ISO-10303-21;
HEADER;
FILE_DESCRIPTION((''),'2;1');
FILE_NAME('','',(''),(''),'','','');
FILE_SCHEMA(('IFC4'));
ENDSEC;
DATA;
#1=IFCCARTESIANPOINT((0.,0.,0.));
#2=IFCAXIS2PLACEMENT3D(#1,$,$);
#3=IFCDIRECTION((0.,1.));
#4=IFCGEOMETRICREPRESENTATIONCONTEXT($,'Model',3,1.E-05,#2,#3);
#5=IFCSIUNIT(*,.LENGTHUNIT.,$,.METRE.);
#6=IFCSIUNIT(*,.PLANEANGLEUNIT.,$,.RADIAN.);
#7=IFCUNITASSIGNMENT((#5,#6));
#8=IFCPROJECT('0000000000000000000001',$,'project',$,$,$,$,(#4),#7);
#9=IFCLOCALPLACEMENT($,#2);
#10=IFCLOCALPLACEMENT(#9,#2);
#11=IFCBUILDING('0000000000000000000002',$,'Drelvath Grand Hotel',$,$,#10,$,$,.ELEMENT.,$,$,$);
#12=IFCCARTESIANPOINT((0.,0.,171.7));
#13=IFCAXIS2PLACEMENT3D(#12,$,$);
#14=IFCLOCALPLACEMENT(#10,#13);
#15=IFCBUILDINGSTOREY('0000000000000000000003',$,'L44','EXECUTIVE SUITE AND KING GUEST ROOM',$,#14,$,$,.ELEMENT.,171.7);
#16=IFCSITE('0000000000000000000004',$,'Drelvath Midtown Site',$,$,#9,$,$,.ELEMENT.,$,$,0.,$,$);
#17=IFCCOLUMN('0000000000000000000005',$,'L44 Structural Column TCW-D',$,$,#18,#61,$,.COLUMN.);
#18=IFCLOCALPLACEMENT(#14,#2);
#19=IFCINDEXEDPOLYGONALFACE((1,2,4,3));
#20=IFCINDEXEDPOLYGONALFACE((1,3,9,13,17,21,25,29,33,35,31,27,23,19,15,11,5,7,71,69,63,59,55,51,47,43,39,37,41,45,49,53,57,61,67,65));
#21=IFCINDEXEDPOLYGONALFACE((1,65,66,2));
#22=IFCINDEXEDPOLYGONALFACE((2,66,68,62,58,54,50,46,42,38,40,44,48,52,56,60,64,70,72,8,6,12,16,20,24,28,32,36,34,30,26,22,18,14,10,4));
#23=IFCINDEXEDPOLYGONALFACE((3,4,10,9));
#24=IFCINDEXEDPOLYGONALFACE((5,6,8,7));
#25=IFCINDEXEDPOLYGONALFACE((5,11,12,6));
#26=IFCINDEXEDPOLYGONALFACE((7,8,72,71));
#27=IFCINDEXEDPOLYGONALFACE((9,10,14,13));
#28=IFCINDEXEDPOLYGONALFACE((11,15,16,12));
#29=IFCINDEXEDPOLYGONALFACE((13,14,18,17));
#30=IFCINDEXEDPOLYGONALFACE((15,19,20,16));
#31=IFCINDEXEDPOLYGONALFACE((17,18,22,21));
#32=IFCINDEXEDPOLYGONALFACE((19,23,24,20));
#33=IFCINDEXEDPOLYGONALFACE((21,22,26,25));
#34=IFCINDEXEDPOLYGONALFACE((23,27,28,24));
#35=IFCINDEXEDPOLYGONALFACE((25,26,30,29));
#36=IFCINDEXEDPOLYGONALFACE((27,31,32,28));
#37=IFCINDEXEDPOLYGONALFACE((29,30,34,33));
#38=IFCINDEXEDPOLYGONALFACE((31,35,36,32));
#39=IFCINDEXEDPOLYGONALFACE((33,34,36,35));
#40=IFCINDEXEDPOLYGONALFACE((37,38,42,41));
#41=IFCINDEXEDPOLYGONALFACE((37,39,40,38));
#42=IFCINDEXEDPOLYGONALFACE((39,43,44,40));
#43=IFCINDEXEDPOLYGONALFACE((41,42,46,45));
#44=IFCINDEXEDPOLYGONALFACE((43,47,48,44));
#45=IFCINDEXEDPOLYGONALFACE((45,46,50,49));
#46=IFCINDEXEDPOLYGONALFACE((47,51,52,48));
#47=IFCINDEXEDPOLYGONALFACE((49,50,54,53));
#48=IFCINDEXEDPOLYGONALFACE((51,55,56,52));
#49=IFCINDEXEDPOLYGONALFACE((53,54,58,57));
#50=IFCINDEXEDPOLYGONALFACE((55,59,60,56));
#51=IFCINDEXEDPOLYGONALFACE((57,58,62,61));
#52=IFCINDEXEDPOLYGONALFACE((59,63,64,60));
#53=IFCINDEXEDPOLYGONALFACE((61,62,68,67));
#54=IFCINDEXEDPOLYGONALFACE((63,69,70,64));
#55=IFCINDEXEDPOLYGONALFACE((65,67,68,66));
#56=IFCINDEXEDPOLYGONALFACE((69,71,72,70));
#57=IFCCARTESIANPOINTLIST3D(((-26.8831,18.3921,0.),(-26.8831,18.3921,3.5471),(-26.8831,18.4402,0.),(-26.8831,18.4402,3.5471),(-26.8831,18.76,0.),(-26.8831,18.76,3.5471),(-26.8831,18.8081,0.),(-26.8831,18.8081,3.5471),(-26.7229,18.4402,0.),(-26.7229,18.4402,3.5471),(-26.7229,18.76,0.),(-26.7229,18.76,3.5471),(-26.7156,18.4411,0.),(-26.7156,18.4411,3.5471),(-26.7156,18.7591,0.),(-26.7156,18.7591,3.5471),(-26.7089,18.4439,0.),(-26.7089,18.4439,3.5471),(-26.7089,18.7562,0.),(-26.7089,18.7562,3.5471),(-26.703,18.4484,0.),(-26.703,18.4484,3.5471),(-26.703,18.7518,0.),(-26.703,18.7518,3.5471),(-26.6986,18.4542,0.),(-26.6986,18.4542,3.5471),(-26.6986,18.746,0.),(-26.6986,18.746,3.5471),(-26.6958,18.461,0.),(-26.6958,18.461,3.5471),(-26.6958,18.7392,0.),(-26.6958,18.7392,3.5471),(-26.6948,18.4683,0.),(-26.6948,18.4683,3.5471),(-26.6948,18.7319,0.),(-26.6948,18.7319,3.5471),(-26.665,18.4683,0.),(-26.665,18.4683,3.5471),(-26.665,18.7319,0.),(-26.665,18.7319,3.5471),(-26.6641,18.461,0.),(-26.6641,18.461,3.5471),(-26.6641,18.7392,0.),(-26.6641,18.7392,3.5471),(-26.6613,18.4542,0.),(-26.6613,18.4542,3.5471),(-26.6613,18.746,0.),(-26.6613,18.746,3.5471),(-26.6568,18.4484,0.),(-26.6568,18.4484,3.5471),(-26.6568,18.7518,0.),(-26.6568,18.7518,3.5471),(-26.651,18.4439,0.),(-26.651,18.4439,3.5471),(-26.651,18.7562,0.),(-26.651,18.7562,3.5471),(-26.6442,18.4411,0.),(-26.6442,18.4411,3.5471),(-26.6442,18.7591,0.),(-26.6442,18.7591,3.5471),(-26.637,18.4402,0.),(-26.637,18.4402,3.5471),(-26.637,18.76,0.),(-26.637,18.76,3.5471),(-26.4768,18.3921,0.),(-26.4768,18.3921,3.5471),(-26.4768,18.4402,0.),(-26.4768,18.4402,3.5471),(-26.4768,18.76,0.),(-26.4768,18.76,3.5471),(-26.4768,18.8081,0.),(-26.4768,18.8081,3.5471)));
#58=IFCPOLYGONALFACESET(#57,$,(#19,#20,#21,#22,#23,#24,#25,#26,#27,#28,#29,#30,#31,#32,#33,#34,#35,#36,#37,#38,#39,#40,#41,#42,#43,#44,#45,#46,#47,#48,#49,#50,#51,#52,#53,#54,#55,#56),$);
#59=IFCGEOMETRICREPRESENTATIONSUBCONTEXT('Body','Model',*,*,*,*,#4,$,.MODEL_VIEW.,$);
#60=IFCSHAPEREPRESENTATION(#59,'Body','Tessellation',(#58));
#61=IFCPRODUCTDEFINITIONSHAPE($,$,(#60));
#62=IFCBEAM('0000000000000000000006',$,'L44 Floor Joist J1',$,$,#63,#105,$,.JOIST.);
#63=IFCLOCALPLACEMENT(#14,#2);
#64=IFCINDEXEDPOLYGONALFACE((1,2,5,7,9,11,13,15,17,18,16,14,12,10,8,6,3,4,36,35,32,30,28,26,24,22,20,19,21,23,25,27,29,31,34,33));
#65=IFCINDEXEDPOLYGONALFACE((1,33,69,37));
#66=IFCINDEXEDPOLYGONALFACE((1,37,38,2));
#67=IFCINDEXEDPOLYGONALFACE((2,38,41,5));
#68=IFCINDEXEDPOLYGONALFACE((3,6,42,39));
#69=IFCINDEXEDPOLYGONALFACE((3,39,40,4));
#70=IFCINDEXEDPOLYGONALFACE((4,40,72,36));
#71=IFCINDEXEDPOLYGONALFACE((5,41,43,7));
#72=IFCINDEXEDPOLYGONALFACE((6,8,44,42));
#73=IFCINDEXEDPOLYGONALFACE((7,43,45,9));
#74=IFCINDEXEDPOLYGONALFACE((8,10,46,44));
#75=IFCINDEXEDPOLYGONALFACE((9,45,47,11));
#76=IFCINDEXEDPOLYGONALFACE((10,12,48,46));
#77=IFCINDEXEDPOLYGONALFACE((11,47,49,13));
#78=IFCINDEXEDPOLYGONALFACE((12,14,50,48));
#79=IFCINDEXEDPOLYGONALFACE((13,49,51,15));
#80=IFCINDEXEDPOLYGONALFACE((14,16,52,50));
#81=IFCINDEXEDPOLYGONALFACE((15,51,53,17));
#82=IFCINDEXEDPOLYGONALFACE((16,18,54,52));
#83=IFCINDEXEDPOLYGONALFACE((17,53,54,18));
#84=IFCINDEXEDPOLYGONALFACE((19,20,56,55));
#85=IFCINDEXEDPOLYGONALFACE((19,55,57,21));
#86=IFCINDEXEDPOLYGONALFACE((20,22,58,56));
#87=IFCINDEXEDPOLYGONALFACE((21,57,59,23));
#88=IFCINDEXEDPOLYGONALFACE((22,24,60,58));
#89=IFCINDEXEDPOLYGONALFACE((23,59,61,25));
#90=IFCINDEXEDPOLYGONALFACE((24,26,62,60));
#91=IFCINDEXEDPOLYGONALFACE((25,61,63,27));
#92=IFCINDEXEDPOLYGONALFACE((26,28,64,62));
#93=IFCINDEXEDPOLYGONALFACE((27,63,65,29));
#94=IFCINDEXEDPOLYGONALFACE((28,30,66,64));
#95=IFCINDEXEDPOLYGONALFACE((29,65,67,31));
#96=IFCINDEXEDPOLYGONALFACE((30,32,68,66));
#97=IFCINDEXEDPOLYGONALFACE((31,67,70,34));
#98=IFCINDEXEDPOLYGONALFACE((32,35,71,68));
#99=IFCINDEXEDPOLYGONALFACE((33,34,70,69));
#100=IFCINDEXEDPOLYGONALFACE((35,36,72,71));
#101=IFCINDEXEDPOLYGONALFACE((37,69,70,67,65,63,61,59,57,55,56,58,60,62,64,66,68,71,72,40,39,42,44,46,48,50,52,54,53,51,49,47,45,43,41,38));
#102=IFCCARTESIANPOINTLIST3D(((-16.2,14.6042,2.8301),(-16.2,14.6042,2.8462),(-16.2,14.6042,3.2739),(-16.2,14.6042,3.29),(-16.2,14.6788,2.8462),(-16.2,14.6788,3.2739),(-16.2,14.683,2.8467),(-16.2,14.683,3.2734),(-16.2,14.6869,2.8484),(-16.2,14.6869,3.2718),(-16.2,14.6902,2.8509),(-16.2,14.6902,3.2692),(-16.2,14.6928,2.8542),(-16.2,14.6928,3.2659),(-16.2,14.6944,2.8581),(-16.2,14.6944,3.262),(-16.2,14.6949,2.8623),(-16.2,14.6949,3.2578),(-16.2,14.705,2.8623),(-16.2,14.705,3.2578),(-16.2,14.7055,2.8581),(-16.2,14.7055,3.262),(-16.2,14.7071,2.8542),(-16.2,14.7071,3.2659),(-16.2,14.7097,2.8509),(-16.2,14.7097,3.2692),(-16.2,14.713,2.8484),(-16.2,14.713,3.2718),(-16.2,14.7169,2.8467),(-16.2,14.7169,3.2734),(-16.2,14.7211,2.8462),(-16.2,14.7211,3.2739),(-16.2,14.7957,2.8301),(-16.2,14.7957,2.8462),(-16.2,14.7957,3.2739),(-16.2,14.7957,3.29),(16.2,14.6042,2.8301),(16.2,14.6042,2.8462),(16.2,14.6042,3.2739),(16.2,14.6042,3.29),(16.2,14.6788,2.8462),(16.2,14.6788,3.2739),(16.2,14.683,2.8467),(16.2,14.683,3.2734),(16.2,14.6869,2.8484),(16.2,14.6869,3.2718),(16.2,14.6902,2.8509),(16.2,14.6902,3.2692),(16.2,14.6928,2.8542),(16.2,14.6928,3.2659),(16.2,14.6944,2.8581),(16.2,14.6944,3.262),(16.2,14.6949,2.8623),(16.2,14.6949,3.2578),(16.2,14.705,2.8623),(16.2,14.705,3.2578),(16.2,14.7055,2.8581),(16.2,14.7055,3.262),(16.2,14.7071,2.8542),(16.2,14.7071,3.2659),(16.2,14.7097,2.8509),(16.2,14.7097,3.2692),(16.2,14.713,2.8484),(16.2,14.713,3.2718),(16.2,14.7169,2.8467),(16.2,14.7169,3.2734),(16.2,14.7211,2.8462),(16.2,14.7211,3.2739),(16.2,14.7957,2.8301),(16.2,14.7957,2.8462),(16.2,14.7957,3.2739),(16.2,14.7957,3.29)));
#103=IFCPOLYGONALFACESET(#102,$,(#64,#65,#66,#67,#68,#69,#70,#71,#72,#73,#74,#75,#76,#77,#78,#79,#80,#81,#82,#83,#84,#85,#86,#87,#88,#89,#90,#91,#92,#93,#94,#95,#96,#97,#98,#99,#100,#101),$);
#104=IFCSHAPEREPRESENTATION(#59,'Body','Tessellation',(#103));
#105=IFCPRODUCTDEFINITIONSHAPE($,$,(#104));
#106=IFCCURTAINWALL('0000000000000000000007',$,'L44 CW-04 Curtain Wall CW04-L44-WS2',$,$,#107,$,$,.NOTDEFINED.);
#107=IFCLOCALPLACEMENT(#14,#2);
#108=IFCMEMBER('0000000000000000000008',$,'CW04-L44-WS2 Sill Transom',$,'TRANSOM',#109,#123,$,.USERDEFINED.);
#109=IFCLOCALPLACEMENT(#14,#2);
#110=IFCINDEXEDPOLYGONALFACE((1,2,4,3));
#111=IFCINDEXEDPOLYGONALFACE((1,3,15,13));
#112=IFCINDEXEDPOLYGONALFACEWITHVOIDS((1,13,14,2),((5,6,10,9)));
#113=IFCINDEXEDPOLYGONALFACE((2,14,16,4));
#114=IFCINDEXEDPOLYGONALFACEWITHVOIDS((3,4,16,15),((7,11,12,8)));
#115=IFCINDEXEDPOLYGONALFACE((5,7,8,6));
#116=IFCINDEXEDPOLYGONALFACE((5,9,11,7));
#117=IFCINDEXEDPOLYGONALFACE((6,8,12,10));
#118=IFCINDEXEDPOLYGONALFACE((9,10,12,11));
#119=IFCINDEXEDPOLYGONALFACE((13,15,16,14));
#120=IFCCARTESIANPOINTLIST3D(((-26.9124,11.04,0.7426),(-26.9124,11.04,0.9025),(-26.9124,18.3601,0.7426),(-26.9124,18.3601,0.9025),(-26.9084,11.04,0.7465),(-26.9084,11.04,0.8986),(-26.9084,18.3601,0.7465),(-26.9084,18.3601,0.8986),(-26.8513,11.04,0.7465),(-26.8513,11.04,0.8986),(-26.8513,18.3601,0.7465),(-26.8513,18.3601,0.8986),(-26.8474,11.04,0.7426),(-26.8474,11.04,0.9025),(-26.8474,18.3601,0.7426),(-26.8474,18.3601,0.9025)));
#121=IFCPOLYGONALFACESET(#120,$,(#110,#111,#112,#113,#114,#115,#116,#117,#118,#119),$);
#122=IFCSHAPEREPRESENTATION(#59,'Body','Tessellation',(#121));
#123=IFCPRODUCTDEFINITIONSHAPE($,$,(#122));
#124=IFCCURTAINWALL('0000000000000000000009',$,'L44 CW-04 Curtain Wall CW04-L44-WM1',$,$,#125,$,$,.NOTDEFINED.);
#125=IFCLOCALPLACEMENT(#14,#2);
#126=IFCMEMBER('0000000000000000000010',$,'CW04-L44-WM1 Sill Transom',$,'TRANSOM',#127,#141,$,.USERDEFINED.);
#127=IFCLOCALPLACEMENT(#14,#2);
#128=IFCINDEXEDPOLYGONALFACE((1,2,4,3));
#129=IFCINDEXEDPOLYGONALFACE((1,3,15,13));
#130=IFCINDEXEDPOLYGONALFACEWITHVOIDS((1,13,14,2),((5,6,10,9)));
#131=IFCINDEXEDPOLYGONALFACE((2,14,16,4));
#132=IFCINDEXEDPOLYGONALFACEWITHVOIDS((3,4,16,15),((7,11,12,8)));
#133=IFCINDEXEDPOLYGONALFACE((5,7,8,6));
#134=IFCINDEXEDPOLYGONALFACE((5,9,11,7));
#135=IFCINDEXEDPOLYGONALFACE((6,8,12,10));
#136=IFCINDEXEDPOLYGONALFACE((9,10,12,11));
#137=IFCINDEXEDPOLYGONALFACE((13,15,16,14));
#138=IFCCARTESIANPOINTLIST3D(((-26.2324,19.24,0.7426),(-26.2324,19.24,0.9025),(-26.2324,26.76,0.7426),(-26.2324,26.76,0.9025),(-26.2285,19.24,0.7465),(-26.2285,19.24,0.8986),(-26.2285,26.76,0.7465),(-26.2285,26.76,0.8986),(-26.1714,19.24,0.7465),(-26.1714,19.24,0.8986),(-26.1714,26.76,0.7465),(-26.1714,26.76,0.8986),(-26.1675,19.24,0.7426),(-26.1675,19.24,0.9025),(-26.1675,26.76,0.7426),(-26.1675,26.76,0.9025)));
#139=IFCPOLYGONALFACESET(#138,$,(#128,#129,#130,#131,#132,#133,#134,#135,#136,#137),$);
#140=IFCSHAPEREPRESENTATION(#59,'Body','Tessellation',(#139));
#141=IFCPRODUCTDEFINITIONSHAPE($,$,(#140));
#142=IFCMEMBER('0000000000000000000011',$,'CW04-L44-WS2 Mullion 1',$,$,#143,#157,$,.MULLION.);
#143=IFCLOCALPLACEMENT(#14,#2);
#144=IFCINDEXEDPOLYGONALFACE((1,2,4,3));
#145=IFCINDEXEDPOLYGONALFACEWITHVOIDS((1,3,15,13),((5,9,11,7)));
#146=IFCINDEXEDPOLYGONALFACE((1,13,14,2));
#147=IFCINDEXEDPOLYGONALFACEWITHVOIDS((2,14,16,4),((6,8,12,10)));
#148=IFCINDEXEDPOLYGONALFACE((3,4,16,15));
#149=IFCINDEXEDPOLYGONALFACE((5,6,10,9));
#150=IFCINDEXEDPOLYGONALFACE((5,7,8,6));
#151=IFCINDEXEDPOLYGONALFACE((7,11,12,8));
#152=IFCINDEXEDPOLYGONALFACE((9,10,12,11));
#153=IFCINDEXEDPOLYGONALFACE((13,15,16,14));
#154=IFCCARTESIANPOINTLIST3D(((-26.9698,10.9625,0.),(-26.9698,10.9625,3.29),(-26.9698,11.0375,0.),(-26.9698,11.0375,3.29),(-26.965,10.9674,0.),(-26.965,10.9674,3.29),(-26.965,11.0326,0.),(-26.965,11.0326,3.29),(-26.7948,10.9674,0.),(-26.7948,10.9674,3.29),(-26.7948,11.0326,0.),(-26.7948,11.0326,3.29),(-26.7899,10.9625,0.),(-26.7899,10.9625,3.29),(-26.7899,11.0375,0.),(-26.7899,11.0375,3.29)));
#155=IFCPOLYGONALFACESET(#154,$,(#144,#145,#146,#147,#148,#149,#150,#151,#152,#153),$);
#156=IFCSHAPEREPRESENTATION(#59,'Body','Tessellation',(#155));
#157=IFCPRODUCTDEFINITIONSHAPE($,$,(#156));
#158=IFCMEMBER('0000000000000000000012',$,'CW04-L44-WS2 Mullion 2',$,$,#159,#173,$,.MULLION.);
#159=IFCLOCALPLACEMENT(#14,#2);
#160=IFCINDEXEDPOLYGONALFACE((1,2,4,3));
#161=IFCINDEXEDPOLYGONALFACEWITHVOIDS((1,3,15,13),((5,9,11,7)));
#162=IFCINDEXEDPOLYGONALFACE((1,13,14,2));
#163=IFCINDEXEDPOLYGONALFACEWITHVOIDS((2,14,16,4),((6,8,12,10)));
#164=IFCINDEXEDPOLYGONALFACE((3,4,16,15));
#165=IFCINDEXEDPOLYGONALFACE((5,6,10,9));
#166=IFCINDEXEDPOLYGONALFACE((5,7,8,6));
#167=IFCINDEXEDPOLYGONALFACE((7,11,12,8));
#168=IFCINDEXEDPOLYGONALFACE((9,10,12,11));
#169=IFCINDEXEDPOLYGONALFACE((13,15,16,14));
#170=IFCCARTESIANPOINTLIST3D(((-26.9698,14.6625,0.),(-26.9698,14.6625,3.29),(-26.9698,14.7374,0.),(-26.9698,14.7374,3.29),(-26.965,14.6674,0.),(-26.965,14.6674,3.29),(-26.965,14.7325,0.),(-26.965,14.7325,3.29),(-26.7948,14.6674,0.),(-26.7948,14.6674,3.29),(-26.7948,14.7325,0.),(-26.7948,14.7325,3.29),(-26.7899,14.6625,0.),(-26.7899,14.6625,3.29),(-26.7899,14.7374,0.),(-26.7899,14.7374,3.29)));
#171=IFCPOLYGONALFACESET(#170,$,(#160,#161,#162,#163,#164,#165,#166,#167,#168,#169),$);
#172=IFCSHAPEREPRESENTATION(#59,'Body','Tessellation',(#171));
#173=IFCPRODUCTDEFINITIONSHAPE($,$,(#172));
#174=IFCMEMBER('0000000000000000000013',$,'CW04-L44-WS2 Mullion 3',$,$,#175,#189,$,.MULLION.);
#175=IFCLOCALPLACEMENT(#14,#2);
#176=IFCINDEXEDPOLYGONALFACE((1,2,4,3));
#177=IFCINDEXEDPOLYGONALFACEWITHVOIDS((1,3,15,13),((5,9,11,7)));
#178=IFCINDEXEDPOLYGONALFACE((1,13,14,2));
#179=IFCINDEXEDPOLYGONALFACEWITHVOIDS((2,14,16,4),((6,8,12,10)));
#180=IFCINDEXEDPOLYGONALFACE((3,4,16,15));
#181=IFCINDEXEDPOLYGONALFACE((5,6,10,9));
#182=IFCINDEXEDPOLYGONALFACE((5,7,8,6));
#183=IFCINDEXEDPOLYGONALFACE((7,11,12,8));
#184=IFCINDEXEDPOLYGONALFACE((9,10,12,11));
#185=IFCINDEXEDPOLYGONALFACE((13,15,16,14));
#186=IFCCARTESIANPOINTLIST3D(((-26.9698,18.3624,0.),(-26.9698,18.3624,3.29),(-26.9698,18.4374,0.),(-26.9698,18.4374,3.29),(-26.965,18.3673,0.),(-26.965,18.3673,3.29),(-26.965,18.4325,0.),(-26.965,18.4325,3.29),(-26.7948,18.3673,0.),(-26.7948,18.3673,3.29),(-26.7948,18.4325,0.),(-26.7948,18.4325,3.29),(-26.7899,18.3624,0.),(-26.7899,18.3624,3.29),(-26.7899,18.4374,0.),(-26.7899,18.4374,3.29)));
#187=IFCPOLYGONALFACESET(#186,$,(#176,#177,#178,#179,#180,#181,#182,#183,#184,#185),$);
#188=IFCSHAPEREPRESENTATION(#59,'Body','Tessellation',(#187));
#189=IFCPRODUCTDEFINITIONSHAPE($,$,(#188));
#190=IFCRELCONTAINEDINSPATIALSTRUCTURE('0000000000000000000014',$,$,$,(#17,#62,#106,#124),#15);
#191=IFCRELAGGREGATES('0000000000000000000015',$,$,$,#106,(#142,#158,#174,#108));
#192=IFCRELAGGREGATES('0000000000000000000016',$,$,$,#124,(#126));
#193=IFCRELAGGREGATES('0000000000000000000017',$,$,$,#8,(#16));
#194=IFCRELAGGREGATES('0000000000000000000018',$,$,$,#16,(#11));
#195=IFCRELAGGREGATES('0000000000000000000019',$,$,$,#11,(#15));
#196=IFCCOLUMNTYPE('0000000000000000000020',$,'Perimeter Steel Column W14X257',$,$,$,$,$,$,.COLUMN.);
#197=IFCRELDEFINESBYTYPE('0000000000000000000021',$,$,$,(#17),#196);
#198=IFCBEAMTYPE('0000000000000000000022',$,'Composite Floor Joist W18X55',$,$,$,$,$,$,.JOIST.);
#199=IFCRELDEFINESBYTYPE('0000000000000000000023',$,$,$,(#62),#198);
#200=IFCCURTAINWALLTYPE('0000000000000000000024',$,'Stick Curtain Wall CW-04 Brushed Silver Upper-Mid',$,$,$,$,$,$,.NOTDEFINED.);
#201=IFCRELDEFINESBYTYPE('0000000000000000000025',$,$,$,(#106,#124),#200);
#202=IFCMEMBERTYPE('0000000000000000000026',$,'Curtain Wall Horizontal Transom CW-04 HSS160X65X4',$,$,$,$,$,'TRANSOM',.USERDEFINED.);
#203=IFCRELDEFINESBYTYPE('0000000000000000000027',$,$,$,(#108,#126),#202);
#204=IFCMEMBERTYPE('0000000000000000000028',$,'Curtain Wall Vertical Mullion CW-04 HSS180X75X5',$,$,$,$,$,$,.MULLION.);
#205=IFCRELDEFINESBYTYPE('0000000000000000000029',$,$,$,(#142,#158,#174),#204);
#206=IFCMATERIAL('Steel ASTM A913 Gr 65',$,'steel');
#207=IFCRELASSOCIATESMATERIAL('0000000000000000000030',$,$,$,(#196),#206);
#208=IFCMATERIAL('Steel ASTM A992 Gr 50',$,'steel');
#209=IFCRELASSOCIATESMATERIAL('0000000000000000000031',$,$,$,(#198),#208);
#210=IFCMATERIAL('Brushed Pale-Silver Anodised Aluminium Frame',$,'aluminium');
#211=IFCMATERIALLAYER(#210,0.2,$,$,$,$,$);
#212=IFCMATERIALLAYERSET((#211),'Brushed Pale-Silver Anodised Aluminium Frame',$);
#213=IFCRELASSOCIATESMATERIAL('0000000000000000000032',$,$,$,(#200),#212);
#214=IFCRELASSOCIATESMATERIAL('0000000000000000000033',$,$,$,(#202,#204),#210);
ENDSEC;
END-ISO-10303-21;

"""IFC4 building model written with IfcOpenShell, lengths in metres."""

from ifc_helpers import new_model, si_unit, direction, frame, origin, origin_2d, place, context, subcontext, project, spatial, hollow_rectangle, i_section, extrude, material, layer, layer_set, material_profile, profile_set, type_object, element, aggregate, save


model = new_model("IFC4")

# Units and contexts
model_context = context("Model", 3, precision=1e-05, world=origin(), true_north=direction((0.0, 1.0)))
body_context = subcontext(model_context, "Body", "Model", "MODEL_VIEW")
ifc_project = project(units=[si_unit("LENGTHUNIT", "METRE"), si_unit("PLANEANGLEUNIT", "RADIAN")], contexts=[model_context])

# Site, building, storey
site_placement = place(None, origin())
site = spatial("IfcSite", under=ifc_project, at=site_placement, Name="Drelvath Midtown Site", CompositionType="ELEMENT", RefElevation=0.0)
building_placement = place(site_placement, origin())
building = spatial("IfcBuilding", under=site, at=building_placement, Name="Drelvath Grand Hotel", CompositionType="ELEMENT")
storey_placement = place(building_placement, frame((0.0, 0.0, 171.7)))
storey = spatial("IfcBuildingStorey", under=building, at=storey_placement, Name="L44", Description="EXECUTIVE SUITE AND KING GUEST ROOM", CompositionType="ELEMENT", Elevation=171.7)

# Column
ifc_material_1 = material(Name="Steel ASTM A913 Gr 65", Category="steel")
ifc_material_profile_1 = material_profile(ifc_material_1, i_section(OverallWidth=0.4062, OverallDepth=0.416, WebThickness=0.0298, FlangeThickness=0.0481, FilletRadius=0.0281, at=origin_2d()), Name="W14X257")
ifc_profile_set_1 = profile_set([ifc_material_profile_1], Name="Steel ASTM A913 Gr 65")
column_type = type_object("IfcColumnType", Name="Perimeter Steel Column W14X257", PredefinedType="COLUMN", material=ifc_profile_set_1)
column_placement = place(storey_placement, frame((-26.6799, 18.6001, 0.0), z_axis=(0.0, 0.0, 1.0), x_axis=(1.0, 0.0, 0.0)))
element("IfcColumn", 1, at=column_placement, inside=storey, type_object=column_type, Name="L44 Structural Column TCW-D", PredefinedType="COLUMN", context=body_context, shape_type="SweptSolid", body=[
    extrude(i_section(OverallWidth=0.4062, OverallDepth=0.416, WebThickness=0.0298, FlangeThickness=0.0481, FilletRadius=0.0281, at=origin_2d()), origin(), (0.0, 0.0, 1.0), 3.5471),
])

# Beam
ifc_material_2 = material(Name="Steel ASTM A992 Gr 50", Category="steel")
ifc_material_profile_2 = material_profile(ifc_material_2, i_section(OverallWidth=0.1914, OverallDepth=0.46, WebThickness=0.01, FlangeThickness=0.0161, FilletRadius=0.0161, at=origin_2d()), Name="W18X55")
ifc_profile_set_2 = profile_set([ifc_material_profile_2], Name="Steel ASTM A992 Gr 50")
beam_type_1 = type_object("IfcBeamType", Name="Composite Floor Joist W18X55", PredefinedType="JOIST", material=ifc_profile_set_2)
beam_1_placement = place(storey_placement, frame((-16.2, 14.7, 3.0601), z_axis=(1.0, 0.0, 0.0), x_axis=(0.0, 1.0, 0.0)))
element("IfcBeam", 2, at=beam_1_placement, inside=storey, type_object=beam_type_1, Name="L44 Floor Joist J1", PredefinedType="JOIST", context=body_context, shape_type="SweptSolid", body=[
    extrude(i_section(OverallWidth=0.1914, OverallDepth=0.46, WebThickness=0.01, FlangeThickness=0.0161, FilletRadius=0.0161, at=origin_2d()), origin(), (0.0, 0.0, 1.0), 32.3999),
])

# Curtain walls, members
ifc_material_3 = material(Name="Brushed Pale-Silver Anodised Aluminium Frame", Category="aluminium")
ifc_layer_1 = layer(ifc_material_3, 0.2)
ifc_layer_set_1 = layer_set([ifc_layer_1], Name="Brushed Pale-Silver Anodised Aluminium Frame")
curtain_wall_type = type_object("IfcCurtainWallType", Name="Stick Curtain Wall CW-04 Brushed Silver Upper-Mid", PredefinedType="NOTDEFINED", material=ifc_layer_set_1)
curtain_wall_1_placement = place(storey_placement, origin())
curtain_wall_1 = element("IfcCurtainWall", 3, at=curtain_wall_1_placement, inside=storey, type_object=curtain_wall_type, Name="L44 CW-04 Curtain Wall CW04-L44-WS2", PredefinedType="NOTDEFINED")
ifc_material_profile_3 = material_profile(ifc_material_3, hollow_rectangle(XDim=0.0649, YDim=0.1599, WallThickness=0.0039, at=origin_2d()), Name="HSS160X65X4")
ifc_profile_set_3 = profile_set([ifc_material_profile_3], Name="Brushed Pale-Silver Anodised Aluminium Frame")
member_type_1 = type_object("IfcMemberType", Name="Curtain Wall Horizontal Transom CW-04 HSS160X65X4", ElementType="TRANSOM", PredefinedType="USERDEFINED", material=ifc_profile_set_3)
member_1_placement = place(storey_placement, frame((-26.8799, 11.04, 0.8225), z_axis=(0.0, 1.0, 0.0), x_axis=(-1.0, 0.0, 0.0)))
member_1 = element("IfcMember", 4, at=member_1_placement, type_object=member_type_1, Name="CW04-L44-WS2 Sill Transom", ObjectType="TRANSOM", PredefinedType="USERDEFINED", context=body_context, shape_type="SweptSolid", body=[
    extrude(hollow_rectangle(XDim=0.0649, YDim=0.1599, WallThickness=0.0039, at=origin_2d()), origin(), (0.0, 0.0, 1.0), 7.3201),
])
curtain_wall_2_placement = place(storey_placement, origin())
curtain_wall_2 = element("IfcCurtainWall", 5, at=curtain_wall_2_placement, inside=storey, type_object=curtain_wall_type, Name="L44 CW-04 Curtain Wall CW04-L44-WM1", PredefinedType="NOTDEFINED")
member_2_placement = place(storey_placement, frame((-26.2, 19.24, 0.8225), z_axis=(0.0, 1.0, 0.0), x_axis=(-1.0, 0.0, 0.0)))
member_2 = element("IfcMember", 6, at=member_2_placement, type_object=member_type_1, Name="CW04-L44-WM1 Sill Transom", ObjectType="TRANSOM", PredefinedType="USERDEFINED", context=body_context, shape_type="SweptSolid", body=[
    extrude(hollow_rectangle(XDim=0.0649, YDim=0.1599, WallThickness=0.0039, at=origin_2d()), origin(), (0.0, 0.0, 1.0), 7.52),
])

# Members
ifc_material_profile_4 = material_profile(ifc_material_3, hollow_rectangle(XDim=0.075, YDim=0.1799, WallThickness=0.0049, at=origin_2d()), Name="HSS180X75X5")
ifc_profile_set_4 = profile_set([ifc_material_profile_4], Name="Brushed Pale-Silver Anodised Aluminium Frame")
member_type_2 = type_object("IfcMemberType", Name="Curtain Wall Vertical Mullion CW-04 HSS180X75X5", PredefinedType="MULLION", material=ifc_profile_set_4)
member_3_placement = place(storey_placement, frame((-26.8799, 11.0, 0.0), z_axis=(0.0, 0.0, 1.0), x_axis=(0.0, 1.0, 0.0)))
member_3 = element("IfcMember", 7, at=member_3_placement, type_object=member_type_2, Name="CW04-L44-WS2 Mullion 1", PredefinedType="MULLION", context=body_context, shape_type="SweptSolid", body=[
    extrude(hollow_rectangle(XDim=0.075, YDim=0.1799, WallThickness=0.0049, at=origin_2d()), origin(), (0.0, 0.0, 1.0), 3.29),
])
member_4_placement = place(storey_placement, frame((-26.8799, 14.7, 0.0), z_axis=(0.0, 0.0, 1.0), x_axis=(0.0, 1.0, 0.0)))
member_4 = element("IfcMember", 8, at=member_4_placement, type_object=member_type_2, Name="CW04-L44-WS2 Mullion 2", PredefinedType="MULLION", context=body_context, shape_type="SweptSolid", body=[
    extrude(hollow_rectangle(XDim=0.075, YDim=0.1799, WallThickness=0.0049, at=origin_2d()), origin(), (0.0, 0.0, 1.0), 3.29),
])
member_5_placement = place(storey_placement, frame((-26.8799, 18.3999, 0.0), z_axis=(0.0, 0.0, 1.0), x_axis=(0.0, 1.0, 0.0)))
member_5 = element("IfcMember", 9, at=member_5_placement, type_object=member_type_2, Name="CW04-L44-WS2 Mullion 3", PredefinedType="MULLION", context=body_context, shape_type="SweptSolid", body=[
    extrude(hollow_rectangle(XDim=0.075, YDim=0.1799, WallThickness=0.0049, at=origin_2d()), origin(), (0.0, 0.0, 1.0), 3.29),
])

aggregate(curtain_wall_1, [member_3, member_4, member_5, member_1])
aggregate(curtain_wall_2, [member_2])

save(model, "model.ifc")
